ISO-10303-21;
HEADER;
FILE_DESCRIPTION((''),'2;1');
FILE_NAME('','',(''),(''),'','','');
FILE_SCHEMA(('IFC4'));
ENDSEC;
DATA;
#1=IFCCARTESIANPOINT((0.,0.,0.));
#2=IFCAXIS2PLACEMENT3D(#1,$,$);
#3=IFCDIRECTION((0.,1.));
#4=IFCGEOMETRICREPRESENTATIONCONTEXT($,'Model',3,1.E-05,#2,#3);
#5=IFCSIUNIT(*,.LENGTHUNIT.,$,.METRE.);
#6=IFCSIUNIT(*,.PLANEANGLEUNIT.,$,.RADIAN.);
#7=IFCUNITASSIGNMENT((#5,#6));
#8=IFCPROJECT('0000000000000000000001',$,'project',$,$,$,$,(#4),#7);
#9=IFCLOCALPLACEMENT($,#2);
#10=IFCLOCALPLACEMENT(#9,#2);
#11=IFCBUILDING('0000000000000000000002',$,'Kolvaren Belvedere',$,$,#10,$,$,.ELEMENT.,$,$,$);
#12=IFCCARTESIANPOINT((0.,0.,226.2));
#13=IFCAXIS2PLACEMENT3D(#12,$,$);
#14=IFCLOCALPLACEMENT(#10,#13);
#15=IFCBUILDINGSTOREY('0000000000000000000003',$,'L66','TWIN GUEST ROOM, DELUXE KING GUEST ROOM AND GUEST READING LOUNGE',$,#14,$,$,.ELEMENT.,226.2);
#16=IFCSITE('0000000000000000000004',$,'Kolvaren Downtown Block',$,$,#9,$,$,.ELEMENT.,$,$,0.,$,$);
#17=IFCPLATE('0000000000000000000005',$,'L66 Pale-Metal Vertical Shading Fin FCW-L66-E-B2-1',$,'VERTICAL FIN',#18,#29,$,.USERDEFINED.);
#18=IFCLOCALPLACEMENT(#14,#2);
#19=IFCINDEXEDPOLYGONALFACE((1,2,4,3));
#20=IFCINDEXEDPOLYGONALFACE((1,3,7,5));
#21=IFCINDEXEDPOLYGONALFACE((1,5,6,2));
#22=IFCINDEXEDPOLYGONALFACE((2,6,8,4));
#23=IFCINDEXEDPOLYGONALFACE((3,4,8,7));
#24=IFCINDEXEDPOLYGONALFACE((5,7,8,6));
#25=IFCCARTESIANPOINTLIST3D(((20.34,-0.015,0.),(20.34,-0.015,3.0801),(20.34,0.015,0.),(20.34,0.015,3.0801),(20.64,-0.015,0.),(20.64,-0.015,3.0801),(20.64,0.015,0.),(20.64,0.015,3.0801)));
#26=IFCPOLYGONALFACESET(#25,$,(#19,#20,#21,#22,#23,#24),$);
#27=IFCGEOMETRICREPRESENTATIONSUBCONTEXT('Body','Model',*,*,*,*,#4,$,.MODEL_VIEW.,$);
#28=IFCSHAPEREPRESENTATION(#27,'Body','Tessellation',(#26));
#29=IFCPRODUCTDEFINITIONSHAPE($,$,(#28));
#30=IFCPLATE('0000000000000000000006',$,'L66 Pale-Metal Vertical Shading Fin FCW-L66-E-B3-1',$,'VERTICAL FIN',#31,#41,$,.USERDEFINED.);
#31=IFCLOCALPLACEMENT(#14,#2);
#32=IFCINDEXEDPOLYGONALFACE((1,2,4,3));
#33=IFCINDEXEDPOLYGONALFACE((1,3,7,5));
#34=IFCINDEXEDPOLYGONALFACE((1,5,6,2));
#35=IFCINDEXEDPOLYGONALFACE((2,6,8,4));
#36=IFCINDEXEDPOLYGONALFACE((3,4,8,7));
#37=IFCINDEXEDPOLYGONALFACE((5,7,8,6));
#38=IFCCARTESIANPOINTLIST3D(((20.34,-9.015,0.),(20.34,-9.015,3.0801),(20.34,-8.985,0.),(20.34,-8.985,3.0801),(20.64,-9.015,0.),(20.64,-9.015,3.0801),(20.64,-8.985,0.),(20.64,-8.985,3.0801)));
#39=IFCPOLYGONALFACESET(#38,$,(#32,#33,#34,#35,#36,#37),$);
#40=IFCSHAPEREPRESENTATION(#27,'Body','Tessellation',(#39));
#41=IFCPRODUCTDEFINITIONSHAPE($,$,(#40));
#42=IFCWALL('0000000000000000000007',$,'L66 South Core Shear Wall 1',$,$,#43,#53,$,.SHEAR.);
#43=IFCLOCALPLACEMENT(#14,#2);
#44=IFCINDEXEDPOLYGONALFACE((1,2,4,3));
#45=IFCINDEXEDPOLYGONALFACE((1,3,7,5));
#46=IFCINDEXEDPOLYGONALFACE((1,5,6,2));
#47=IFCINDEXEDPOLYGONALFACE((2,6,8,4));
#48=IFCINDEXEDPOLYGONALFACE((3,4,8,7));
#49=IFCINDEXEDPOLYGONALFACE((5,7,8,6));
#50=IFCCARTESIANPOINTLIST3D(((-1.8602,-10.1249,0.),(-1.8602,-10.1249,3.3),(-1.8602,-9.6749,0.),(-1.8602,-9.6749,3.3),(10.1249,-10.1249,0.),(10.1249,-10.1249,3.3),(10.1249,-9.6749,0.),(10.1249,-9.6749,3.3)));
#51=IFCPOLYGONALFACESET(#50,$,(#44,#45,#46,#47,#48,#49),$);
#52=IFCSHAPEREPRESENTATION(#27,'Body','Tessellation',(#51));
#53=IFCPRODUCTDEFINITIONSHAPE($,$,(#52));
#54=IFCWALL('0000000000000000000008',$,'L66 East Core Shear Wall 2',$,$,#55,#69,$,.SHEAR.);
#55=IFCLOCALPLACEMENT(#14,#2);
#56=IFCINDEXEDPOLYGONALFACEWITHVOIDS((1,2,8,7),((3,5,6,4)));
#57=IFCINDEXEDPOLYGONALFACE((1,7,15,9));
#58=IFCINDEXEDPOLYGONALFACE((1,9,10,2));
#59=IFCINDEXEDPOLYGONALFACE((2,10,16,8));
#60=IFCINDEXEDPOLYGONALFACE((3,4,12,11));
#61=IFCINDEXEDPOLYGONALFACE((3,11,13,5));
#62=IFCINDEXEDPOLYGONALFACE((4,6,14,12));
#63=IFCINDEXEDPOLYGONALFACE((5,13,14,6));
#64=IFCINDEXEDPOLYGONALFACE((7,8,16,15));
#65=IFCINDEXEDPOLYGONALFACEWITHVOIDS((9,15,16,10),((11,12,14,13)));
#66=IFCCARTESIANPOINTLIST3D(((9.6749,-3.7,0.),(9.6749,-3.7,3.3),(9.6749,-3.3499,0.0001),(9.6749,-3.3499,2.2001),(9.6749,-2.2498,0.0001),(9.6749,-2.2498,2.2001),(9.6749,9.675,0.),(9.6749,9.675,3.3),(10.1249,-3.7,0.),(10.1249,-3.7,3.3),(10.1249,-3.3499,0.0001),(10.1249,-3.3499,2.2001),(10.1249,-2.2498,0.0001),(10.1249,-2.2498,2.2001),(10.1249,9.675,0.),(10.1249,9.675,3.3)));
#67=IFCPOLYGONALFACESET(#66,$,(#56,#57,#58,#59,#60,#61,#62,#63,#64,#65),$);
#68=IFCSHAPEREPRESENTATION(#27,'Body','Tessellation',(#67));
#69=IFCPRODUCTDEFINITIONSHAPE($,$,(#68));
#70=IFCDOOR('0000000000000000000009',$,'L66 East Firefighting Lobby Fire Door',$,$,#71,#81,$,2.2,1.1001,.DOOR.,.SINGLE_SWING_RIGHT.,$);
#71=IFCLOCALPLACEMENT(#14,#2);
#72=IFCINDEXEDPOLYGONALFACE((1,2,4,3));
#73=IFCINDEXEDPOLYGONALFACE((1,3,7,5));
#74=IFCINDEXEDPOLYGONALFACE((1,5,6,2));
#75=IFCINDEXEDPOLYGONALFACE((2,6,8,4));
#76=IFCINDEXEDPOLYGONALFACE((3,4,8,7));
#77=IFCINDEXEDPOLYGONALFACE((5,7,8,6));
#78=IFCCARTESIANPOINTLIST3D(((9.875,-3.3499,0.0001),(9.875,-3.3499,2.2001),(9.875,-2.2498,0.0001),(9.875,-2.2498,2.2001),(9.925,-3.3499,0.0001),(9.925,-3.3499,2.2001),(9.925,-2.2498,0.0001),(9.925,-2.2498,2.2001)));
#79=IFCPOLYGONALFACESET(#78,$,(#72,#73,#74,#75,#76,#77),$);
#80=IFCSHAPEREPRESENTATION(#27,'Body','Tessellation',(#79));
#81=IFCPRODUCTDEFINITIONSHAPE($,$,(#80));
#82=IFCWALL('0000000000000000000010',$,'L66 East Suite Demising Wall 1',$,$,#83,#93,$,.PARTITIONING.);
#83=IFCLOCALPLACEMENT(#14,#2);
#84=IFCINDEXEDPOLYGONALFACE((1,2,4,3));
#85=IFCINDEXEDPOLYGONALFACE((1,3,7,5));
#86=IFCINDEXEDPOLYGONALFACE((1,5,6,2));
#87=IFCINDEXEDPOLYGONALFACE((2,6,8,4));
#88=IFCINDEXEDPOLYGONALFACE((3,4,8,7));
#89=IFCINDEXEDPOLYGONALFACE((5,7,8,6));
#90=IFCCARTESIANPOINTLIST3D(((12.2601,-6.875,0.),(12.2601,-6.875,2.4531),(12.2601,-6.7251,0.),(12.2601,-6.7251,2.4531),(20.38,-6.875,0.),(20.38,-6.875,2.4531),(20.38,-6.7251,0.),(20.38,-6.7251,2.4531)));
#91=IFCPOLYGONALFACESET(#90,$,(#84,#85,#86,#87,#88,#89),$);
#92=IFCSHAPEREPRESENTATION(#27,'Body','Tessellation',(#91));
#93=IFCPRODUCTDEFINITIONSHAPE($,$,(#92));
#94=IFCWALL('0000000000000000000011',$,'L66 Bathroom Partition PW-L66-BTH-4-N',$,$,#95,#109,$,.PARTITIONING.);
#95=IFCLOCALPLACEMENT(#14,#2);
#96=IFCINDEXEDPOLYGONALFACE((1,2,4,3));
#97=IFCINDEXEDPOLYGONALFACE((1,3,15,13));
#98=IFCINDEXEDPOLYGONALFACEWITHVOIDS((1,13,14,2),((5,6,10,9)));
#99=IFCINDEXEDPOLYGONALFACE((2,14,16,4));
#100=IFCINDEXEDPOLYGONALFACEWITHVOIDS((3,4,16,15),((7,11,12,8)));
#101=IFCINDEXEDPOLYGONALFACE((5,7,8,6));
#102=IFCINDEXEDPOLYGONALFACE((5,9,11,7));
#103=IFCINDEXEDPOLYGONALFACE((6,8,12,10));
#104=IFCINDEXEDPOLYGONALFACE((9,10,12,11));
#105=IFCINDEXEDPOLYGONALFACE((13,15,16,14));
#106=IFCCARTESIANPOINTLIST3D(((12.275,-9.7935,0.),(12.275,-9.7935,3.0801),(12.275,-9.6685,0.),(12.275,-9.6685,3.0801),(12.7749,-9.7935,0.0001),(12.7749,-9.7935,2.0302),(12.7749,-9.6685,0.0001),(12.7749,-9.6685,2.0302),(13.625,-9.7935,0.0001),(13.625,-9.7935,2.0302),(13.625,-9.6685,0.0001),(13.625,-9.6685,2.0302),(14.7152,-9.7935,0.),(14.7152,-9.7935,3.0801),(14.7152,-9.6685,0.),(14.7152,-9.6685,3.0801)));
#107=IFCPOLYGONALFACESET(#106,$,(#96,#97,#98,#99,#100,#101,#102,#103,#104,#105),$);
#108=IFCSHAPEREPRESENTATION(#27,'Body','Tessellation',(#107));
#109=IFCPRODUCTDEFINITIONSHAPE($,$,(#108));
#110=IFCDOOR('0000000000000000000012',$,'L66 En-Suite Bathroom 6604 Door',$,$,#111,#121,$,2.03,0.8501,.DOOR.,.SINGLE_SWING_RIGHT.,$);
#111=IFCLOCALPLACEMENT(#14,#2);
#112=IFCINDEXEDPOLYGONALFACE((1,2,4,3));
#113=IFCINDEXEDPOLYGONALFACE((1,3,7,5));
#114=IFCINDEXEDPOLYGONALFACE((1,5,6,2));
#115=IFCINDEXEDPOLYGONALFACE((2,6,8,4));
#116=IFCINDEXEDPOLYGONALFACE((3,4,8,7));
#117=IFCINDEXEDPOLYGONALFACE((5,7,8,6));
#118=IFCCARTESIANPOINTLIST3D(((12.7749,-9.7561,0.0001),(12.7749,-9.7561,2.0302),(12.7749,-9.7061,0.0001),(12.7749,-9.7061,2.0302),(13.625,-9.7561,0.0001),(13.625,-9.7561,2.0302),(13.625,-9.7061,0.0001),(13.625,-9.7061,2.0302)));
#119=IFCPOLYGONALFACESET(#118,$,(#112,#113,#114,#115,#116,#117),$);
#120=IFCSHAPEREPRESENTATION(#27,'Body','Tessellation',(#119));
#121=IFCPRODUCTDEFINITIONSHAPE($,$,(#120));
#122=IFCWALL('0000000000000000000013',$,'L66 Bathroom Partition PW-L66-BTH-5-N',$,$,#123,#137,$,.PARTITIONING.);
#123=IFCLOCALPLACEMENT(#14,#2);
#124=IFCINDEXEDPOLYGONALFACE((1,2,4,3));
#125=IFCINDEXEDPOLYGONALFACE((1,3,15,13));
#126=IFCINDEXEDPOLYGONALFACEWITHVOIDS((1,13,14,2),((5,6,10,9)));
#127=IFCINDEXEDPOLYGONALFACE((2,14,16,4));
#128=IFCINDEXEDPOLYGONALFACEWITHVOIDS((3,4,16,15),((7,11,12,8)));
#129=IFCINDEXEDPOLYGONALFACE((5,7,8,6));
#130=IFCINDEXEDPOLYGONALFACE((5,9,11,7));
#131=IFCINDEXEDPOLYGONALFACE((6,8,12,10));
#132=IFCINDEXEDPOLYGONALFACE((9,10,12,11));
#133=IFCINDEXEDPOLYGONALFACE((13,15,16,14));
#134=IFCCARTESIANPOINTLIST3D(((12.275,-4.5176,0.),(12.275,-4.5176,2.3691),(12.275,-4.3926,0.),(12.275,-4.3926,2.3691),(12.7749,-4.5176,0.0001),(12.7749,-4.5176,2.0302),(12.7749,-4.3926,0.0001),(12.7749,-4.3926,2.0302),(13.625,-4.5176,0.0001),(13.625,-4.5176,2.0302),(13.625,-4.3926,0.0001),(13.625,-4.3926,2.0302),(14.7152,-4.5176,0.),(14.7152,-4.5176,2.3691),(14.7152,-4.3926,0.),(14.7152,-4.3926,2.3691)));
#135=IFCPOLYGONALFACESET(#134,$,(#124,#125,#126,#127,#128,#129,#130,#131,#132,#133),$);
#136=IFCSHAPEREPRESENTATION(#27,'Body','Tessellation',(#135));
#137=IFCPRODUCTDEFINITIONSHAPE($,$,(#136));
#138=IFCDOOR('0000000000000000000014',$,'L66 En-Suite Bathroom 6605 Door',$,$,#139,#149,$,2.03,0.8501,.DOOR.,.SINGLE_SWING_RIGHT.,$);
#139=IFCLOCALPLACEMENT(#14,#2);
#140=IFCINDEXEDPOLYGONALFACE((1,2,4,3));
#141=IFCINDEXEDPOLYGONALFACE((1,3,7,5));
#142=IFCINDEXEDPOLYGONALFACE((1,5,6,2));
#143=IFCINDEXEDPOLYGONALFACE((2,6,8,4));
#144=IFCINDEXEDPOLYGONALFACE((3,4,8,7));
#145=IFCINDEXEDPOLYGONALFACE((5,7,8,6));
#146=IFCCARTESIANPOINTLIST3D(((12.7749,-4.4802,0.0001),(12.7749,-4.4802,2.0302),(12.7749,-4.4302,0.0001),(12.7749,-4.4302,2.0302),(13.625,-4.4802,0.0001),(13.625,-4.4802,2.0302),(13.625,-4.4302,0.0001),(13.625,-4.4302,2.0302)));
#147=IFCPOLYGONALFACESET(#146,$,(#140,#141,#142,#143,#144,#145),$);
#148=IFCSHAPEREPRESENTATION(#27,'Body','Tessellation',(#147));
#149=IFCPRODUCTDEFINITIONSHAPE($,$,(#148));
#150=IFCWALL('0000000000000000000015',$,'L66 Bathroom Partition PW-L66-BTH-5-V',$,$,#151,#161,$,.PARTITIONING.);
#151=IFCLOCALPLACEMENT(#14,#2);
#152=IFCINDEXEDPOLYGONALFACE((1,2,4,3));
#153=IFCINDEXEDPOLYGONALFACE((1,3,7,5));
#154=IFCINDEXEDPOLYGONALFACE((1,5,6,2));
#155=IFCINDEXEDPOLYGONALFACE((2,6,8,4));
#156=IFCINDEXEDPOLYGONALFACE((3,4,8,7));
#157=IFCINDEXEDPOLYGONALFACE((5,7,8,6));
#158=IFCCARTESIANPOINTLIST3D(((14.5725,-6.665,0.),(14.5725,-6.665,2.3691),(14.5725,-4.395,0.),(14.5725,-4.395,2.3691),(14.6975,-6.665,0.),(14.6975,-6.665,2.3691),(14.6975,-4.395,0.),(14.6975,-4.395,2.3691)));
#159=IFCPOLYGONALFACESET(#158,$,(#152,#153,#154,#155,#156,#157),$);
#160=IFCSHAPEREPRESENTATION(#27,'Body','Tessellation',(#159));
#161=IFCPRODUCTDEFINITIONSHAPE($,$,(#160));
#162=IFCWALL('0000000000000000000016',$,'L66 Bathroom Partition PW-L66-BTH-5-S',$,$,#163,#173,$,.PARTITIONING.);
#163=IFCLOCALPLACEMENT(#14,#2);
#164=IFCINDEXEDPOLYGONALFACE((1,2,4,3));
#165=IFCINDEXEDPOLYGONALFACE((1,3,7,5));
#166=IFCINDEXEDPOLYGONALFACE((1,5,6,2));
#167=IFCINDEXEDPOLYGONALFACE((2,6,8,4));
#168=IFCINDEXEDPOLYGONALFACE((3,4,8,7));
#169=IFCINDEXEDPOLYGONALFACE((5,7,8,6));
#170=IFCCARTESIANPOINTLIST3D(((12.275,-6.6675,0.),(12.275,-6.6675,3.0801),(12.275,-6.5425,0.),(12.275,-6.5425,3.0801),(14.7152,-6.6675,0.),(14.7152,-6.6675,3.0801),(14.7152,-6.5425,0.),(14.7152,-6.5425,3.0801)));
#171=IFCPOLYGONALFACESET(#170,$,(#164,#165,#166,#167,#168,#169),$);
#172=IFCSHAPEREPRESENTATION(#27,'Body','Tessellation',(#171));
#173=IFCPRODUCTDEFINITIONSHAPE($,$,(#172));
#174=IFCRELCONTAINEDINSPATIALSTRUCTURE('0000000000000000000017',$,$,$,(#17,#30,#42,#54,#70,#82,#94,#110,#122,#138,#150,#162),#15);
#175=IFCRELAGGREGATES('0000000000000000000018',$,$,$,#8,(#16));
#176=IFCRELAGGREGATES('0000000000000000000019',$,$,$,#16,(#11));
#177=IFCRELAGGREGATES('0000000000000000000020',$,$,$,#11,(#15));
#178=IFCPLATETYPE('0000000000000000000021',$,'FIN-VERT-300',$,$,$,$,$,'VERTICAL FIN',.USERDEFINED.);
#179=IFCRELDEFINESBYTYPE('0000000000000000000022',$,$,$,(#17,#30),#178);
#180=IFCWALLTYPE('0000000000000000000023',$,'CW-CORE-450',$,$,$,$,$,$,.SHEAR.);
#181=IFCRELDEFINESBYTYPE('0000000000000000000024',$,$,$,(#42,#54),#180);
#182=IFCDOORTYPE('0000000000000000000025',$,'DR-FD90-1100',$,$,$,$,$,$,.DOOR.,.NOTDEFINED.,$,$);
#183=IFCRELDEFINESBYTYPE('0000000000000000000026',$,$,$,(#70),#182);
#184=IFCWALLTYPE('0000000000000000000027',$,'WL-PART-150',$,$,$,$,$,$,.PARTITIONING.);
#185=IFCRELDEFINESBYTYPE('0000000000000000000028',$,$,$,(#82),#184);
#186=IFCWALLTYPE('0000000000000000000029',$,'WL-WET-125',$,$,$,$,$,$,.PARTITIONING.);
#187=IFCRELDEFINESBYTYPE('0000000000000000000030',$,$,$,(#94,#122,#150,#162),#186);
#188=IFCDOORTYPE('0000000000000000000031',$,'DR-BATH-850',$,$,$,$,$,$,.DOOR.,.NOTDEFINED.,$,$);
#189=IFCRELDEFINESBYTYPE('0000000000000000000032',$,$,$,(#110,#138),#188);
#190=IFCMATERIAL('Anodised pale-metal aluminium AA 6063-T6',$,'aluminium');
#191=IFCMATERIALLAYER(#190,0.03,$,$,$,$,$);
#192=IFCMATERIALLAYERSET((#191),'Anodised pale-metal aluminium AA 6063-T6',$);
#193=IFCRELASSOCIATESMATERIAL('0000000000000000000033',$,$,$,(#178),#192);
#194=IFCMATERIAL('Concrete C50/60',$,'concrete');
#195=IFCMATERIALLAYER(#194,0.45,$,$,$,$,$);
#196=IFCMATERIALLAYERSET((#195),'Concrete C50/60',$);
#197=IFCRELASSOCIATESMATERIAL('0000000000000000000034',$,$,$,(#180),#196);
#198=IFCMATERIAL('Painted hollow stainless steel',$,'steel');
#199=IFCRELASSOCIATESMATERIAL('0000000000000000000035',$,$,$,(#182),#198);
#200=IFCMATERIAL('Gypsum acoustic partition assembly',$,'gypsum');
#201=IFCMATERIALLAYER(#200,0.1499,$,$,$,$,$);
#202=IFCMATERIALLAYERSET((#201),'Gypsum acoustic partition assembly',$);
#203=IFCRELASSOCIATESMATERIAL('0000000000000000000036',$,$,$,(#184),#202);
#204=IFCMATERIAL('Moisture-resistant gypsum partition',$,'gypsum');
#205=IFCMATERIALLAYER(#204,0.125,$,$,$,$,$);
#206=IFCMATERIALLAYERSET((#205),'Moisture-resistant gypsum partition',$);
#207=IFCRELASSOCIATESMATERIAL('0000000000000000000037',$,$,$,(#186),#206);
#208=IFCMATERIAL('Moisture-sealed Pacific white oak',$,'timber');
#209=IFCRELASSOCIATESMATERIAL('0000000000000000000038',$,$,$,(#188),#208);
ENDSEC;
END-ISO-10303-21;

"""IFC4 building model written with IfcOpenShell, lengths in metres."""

from ifc_helpers import new_model, si_unit, direction, frame, frame_2d, origin, origin_2d, place, context, subcontext, project, spatial, rectangle, extrude, material, layer, layer_set, type_object, element, fill, save


model = new_model("IFC4")

# Units and contexts
model_context = context("Model", 3, precision=1e-05, world=origin(), true_north=direction((0.0, 1.0)))
body_context = subcontext(model_context, "Body", "Model", "MODEL_VIEW")
ifc_project = project(units=[si_unit("LENGTHUNIT", "METRE"), si_unit("PLANEANGLEUNIT", "RADIAN")], contexts=[model_context])

# Site, building, storey
site_placement = place(None, origin())
site = spatial("IfcSite", under=ifc_project, at=site_placement, Name="Kolvaren Downtown Block", CompositionType="ELEMENT", RefElevation=0.0)
building_placement = place(site_placement, origin())
building = spatial("IfcBuilding", under=site, at=building_placement, Name="Kolvaren Belvedere", CompositionType="ELEMENT")
storey_placement = place(building_placement, frame((0.0, 0.0, 226.2)))
storey = spatial("IfcBuildingStorey", under=building, at=storey_placement, Name="L66", Description="TWIN GUEST ROOM, DELUXE KING GUEST ROOM AND GUEST READING LOUNGE", CompositionType="ELEMENT", Elevation=226.2)

# Plates
ifc_material_1 = material(Name="Anodised pale-metal aluminium AA 6063-T6", Category="aluminium")
ifc_layer_1 = layer(ifc_material_1, 0.03)
ifc_layer_set_1 = layer_set([ifc_layer_1], Name="Anodised pale-metal aluminium AA 6063-T6")
plate_type_1 = type_object("IfcPlateType", Name="FIN-VERT-300", ElementType="VERTICAL FIN", PredefinedType="USERDEFINED", material=ifc_layer_set_1)
for number, where, z_axis, x_axis, name in (
    (1, (20.49, 0.0, 0.0), (0.0, 0.0, 1.0), (1.0, 0.0, 0.0), "L66 Pale-Metal Vertical Shading Fin FCW-L66-E-B2-1"),
    (2, (20.49, -9.0, 0.0), (0.0, 0.0, 1.0), (1.0, 0.0, 0.0), "L66 Pale-Metal Vertical Shading Fin FCW-L66-E-B3-1"),
):
    element("IfcPlate", number, at=place(storey_placement, frame(where, z_axis=z_axis, x_axis=x_axis)), inside=storey, type_object=plate_type_1, Name=name, ObjectType="VERTICAL FIN", PredefinedType="USERDEFINED", context=body_context, shape_type="SweptSolid", body=[
        extrude(rectangle(XDim=0.3, YDim=0.03, at=origin_2d()), origin(), (0.0, 0.0, 1.0), 3.0801),
    ])

# Wall
ifc_material_2 = material(Name="Concrete C50/60", Category="concrete")
ifc_layer_2 = layer(ifc_material_2, 0.45)
ifc_layer_set_2 = layer_set([ifc_layer_2], Name="Concrete C50/60")
wall_type_1 = type_object("IfcWallType", Name="CW-CORE-450", PredefinedType="SHEAR", material=ifc_layer_set_2)
wall_1_placement = place(storey_placement, frame((10.125, -9.8999, 0.0), z_axis=(0.0, 0.0, 1.0), x_axis=(-1.0, 0.0, 0.0)))
element("IfcWall", 3, at=wall_1_placement, inside=storey, type_object=wall_type_1, Name="L66 South Core Shear Wall 1", PredefinedType="SHEAR", context=body_context, shape_type="SweptSolid", body=[
    extrude(rectangle(XDim=11.9851, YDim=0.45, at=frame_2d((5.9927, 0.0))), origin(), (0.0, 0.0, 1.0), 3.3),
])

# Wall, opening, door
wall_2_placement = place(storey_placement, frame((9.8999, -3.7, 0.0), z_axis=(0.0, 0.0, 1.0), x_axis=(0.0, 1.0, 0.0)))
wall_2 = element("IfcWall", 4, at=wall_2_placement, inside=storey, type_object=wall_type_1, Name="L66 East Core Shear Wall 2", PredefinedType="SHEAR", context=body_context, shape_type="SweptSolid", body=[
    extrude(rectangle(XDim=13.375, YDim=0.45, at=frame_2d((6.6875, 0.0))), origin(), (0.0, 0.0, 1.0), 3.3),
])
opening_1_placement = place(wall_2_placement, frame((0.3501, 0.0, 0.0)))
opening_1 = element("IfcOpeningElement", 5, at=opening_1_placement, cuts=wall_2, PredefinedType="OPENING", context=body_context, shape_type="SweptSolid", body=[
    extrude(rectangle(XDim=1.1001, YDim=2.2, at=frame_2d((0.55, 1.1001))), frame((0.0, 0.2349, 0.0), z_axis=(0.0, -1.0, 0.0), x_axis=(1.0, 0.0, 0.0)), (0.0, 0.0, 1.0), 0.47),
])
ifc_material_3 = material(Name="Painted hollow stainless steel", Category="steel")
door_type_1 = type_object("IfcDoorType", Name="DR-FD90-1100", OperationType="NOTDEFINED", PredefinedType="DOOR", material=ifc_material_3)
door_1_placement = place(opening_1_placement, origin())
door_1 = element("IfcDoor", 6, at=door_1_placement, inside=storey, type_object=door_type_1, Name="L66 East Firefighting Lobby Fire Door", OperationType="SINGLE_SWING_RIGHT", OverallHeight=2.2, OverallWidth=1.1001, PredefinedType="DOOR", context=body_context, shape_type="SweptSolid", body=[
    extrude(rectangle(XDim=1.1001, YDim=2.2, at=frame_2d((0.55, 1.1001))), frame((0.0, 0.0249, 0.0), z_axis=(0.0, -1.0, 0.0), x_axis=(1.0, 0.0, 0.0)), (0.0, 0.0, 1.0), 0.05),
])
fill(opening_1, door_1)

# Wall
ifc_material_4 = material(Name="Gypsum acoustic partition assembly", Category="gypsum")
ifc_layer_3 = layer(ifc_material_4, 0.1499)
ifc_layer_set_3 = layer_set([ifc_layer_3], Name="Gypsum acoustic partition assembly")
wall_type_2 = type_object("IfcWallType", Name="WL-PART-150", PredefinedType="PARTITIONING", material=ifc_layer_set_3)
wall_3_placement = place(storey_placement, frame((12.26, -6.8, 0.0), z_axis=(0.0, 0.0, 1.0), x_axis=(1.0, 0.0, 0.0)))
element("IfcWall", 7, at=wall_3_placement, inside=storey, type_object=wall_type_2, Name="L66 East Suite Demising Wall 1", PredefinedType="PARTITIONING", context=body_context, shape_type="SweptSolid", body=[
    extrude(rectangle(XDim=8.1199, YDim=0.1499, at=frame_2d((4.0601, 0.0))), origin(), (0.0, 0.0, 1.0), 2.4531),
])

# Walls, openings, doors
ifc_material_5 = material(Name="Moisture-resistant gypsum partition", Category="gypsum")
ifc_layer_4 = layer(ifc_material_5, 0.125)
ifc_layer_set_4 = layer_set([ifc_layer_4], Name="Moisture-resistant gypsum partition")
wall_type_3 = type_object("IfcWallType", Name="WL-WET-125", PredefinedType="PARTITIONING", material=ifc_layer_set_4)
wall_4_placement = place(storey_placement, frame((12.2749, -9.731, 0.0), z_axis=(0.0, 0.0, 1.0), x_axis=(1.0, 0.0, 0.0)))
wall_4 = element("IfcWall", 8, at=wall_4_placement, inside=storey, type_object=wall_type_3, Name="L66 Bathroom Partition PW-L66-BTH-4-N", PredefinedType="PARTITIONING", context=body_context, shape_type="SweptSolid", body=[
    extrude(rectangle(XDim=2.4402, YDim=0.125, at=frame_2d((1.2202, 0.0))), origin(), (0.0, 0.0, 1.0), 3.0801),
])
opening_2_placement = place(wall_4_placement, frame((0.5, 0.0, 0.0)))
opening_2 = element("IfcOpeningElement", 9, at=opening_2_placement, cuts=wall_4, PredefinedType="OPENING", context=body_context, shape_type="SweptSolid", body=[
    extrude(rectangle(XDim=0.8501, YDim=2.03, at=frame_2d((0.425, 1.0151))), frame((0.0, 0.0725, 0.0), z_axis=(0.0, -1.0, 0.0), x_axis=(1.0, 0.0, 0.0)), (0.0, 0.0, 1.0), 0.145),
])
ifc_material_6 = material(Name="Moisture-sealed Pacific white oak", Category="timber")
door_type_2 = type_object("IfcDoorType", Name="DR-BATH-850", OperationType="NOTDEFINED", PredefinedType="DOOR", material=ifc_material_6)
door_2_placement = place(opening_2_placement, origin())
door_2 = element("IfcDoor", 10, at=door_2_placement, inside=storey, type_object=door_type_2, Name="L66 En-Suite Bathroom 6604 Door", OperationType="SINGLE_SWING_RIGHT", OverallHeight=2.03, OverallWidth=0.8501, PredefinedType="DOOR", context=body_context, shape_type="SweptSolid", body=[
    extrude(rectangle(XDim=0.8501, YDim=2.03, at=frame_2d((0.425, 1.0151))), frame((0.0, 0.0249, 0.0), z_axis=(0.0, -1.0, 0.0), x_axis=(1.0, 0.0, 0.0)), (0.0, 0.0, 1.0), 0.05),
])
fill(opening_2, door_2)
wall_5_placement = place(storey_placement, frame((12.2749, -4.4551, 0.0), z_axis=(0.0, 0.0, 1.0), x_axis=(1.0, 0.0, 0.0)))
wall_5 = element("IfcWall", 11, at=wall_5_placement, inside=storey, type_object=wall_type_3, Name="L66 Bathroom Partition PW-L66-BTH-5-N", PredefinedType="PARTITIONING", context=body_context, shape_type="SweptSolid", body=[
    extrude(rectangle(XDim=2.4402, YDim=0.125, at=frame_2d((1.2202, 0.0))), origin(), (0.0, 0.0, 1.0), 2.3691),
])
opening_3_placement = place(wall_5_placement, frame((0.5, 0.0, 0.0)))
opening_3 = element("IfcOpeningElement", 12, at=opening_3_placement, cuts=wall_5, PredefinedType="OPENING", context=body_context, shape_type="SweptSolid", body=[
    extrude(rectangle(XDim=0.8501, YDim=2.03, at=frame_2d((0.425, 1.0151))), frame((0.0, 0.0725, 0.0), z_axis=(0.0, -1.0, 0.0), x_axis=(1.0, 0.0, 0.0)), (0.0, 0.0, 1.0), 0.145),
])
door_3_placement = place(opening_3_placement, origin())
door_3 = element("IfcDoor", 13, at=door_3_placement, inside=storey, type_object=door_type_2, Name="L66 En-Suite Bathroom 6605 Door", OperationType="SINGLE_SWING_RIGHT", OverallHeight=2.03, OverallWidth=0.8501, PredefinedType="DOOR", context=body_context, shape_type="SweptSolid", body=[
    extrude(rectangle(XDim=0.8501, YDim=2.03, at=frame_2d((0.425, 1.0151))), frame((0.0, 0.0249, 0.0), z_axis=(0.0, -1.0, 0.0), x_axis=(1.0, 0.0, 0.0)), (0.0, 0.0, 1.0), 0.05),
])
fill(opening_3, door_3)

# Walls
wall_6_placement = place(storey_placement, frame((14.635, -6.665, 0.0), z_axis=(0.0, 0.0, 1.0), x_axis=(0.0, 1.0, 0.0)))
element("IfcWall", 14, at=wall_6_placement, inside=storey, type_object=wall_type_3, Name="L66 Bathroom Partition PW-L66-BTH-5-V", PredefinedType="PARTITIONING", context=body_context, shape_type="SweptSolid", body=[
    extrude(rectangle(XDim=2.27, YDim=0.125, at=frame_2d((1.135, 0.0))), origin(), (0.0, 0.0, 1.0), 2.3691),
])
wall_7_placement = place(storey_placement, frame((12.2749, -6.605, 0.0), z_axis=(0.0, 0.0, 1.0), x_axis=(1.0, 0.0, 0.0)))
element("IfcWall", 15, at=wall_7_placement, inside=storey, type_object=wall_type_3, Name="L66 Bathroom Partition PW-L66-BTH-5-S", PredefinedType="PARTITIONING", context=body_context, shape_type="SweptSolid", body=[
    extrude(rectangle(XDim=2.4402, YDim=0.125, at=frame_2d((1.2202, 0.0))), origin(), (0.0, 0.0, 1.0), 3.0801),
])

save(model, "model.ifc")
